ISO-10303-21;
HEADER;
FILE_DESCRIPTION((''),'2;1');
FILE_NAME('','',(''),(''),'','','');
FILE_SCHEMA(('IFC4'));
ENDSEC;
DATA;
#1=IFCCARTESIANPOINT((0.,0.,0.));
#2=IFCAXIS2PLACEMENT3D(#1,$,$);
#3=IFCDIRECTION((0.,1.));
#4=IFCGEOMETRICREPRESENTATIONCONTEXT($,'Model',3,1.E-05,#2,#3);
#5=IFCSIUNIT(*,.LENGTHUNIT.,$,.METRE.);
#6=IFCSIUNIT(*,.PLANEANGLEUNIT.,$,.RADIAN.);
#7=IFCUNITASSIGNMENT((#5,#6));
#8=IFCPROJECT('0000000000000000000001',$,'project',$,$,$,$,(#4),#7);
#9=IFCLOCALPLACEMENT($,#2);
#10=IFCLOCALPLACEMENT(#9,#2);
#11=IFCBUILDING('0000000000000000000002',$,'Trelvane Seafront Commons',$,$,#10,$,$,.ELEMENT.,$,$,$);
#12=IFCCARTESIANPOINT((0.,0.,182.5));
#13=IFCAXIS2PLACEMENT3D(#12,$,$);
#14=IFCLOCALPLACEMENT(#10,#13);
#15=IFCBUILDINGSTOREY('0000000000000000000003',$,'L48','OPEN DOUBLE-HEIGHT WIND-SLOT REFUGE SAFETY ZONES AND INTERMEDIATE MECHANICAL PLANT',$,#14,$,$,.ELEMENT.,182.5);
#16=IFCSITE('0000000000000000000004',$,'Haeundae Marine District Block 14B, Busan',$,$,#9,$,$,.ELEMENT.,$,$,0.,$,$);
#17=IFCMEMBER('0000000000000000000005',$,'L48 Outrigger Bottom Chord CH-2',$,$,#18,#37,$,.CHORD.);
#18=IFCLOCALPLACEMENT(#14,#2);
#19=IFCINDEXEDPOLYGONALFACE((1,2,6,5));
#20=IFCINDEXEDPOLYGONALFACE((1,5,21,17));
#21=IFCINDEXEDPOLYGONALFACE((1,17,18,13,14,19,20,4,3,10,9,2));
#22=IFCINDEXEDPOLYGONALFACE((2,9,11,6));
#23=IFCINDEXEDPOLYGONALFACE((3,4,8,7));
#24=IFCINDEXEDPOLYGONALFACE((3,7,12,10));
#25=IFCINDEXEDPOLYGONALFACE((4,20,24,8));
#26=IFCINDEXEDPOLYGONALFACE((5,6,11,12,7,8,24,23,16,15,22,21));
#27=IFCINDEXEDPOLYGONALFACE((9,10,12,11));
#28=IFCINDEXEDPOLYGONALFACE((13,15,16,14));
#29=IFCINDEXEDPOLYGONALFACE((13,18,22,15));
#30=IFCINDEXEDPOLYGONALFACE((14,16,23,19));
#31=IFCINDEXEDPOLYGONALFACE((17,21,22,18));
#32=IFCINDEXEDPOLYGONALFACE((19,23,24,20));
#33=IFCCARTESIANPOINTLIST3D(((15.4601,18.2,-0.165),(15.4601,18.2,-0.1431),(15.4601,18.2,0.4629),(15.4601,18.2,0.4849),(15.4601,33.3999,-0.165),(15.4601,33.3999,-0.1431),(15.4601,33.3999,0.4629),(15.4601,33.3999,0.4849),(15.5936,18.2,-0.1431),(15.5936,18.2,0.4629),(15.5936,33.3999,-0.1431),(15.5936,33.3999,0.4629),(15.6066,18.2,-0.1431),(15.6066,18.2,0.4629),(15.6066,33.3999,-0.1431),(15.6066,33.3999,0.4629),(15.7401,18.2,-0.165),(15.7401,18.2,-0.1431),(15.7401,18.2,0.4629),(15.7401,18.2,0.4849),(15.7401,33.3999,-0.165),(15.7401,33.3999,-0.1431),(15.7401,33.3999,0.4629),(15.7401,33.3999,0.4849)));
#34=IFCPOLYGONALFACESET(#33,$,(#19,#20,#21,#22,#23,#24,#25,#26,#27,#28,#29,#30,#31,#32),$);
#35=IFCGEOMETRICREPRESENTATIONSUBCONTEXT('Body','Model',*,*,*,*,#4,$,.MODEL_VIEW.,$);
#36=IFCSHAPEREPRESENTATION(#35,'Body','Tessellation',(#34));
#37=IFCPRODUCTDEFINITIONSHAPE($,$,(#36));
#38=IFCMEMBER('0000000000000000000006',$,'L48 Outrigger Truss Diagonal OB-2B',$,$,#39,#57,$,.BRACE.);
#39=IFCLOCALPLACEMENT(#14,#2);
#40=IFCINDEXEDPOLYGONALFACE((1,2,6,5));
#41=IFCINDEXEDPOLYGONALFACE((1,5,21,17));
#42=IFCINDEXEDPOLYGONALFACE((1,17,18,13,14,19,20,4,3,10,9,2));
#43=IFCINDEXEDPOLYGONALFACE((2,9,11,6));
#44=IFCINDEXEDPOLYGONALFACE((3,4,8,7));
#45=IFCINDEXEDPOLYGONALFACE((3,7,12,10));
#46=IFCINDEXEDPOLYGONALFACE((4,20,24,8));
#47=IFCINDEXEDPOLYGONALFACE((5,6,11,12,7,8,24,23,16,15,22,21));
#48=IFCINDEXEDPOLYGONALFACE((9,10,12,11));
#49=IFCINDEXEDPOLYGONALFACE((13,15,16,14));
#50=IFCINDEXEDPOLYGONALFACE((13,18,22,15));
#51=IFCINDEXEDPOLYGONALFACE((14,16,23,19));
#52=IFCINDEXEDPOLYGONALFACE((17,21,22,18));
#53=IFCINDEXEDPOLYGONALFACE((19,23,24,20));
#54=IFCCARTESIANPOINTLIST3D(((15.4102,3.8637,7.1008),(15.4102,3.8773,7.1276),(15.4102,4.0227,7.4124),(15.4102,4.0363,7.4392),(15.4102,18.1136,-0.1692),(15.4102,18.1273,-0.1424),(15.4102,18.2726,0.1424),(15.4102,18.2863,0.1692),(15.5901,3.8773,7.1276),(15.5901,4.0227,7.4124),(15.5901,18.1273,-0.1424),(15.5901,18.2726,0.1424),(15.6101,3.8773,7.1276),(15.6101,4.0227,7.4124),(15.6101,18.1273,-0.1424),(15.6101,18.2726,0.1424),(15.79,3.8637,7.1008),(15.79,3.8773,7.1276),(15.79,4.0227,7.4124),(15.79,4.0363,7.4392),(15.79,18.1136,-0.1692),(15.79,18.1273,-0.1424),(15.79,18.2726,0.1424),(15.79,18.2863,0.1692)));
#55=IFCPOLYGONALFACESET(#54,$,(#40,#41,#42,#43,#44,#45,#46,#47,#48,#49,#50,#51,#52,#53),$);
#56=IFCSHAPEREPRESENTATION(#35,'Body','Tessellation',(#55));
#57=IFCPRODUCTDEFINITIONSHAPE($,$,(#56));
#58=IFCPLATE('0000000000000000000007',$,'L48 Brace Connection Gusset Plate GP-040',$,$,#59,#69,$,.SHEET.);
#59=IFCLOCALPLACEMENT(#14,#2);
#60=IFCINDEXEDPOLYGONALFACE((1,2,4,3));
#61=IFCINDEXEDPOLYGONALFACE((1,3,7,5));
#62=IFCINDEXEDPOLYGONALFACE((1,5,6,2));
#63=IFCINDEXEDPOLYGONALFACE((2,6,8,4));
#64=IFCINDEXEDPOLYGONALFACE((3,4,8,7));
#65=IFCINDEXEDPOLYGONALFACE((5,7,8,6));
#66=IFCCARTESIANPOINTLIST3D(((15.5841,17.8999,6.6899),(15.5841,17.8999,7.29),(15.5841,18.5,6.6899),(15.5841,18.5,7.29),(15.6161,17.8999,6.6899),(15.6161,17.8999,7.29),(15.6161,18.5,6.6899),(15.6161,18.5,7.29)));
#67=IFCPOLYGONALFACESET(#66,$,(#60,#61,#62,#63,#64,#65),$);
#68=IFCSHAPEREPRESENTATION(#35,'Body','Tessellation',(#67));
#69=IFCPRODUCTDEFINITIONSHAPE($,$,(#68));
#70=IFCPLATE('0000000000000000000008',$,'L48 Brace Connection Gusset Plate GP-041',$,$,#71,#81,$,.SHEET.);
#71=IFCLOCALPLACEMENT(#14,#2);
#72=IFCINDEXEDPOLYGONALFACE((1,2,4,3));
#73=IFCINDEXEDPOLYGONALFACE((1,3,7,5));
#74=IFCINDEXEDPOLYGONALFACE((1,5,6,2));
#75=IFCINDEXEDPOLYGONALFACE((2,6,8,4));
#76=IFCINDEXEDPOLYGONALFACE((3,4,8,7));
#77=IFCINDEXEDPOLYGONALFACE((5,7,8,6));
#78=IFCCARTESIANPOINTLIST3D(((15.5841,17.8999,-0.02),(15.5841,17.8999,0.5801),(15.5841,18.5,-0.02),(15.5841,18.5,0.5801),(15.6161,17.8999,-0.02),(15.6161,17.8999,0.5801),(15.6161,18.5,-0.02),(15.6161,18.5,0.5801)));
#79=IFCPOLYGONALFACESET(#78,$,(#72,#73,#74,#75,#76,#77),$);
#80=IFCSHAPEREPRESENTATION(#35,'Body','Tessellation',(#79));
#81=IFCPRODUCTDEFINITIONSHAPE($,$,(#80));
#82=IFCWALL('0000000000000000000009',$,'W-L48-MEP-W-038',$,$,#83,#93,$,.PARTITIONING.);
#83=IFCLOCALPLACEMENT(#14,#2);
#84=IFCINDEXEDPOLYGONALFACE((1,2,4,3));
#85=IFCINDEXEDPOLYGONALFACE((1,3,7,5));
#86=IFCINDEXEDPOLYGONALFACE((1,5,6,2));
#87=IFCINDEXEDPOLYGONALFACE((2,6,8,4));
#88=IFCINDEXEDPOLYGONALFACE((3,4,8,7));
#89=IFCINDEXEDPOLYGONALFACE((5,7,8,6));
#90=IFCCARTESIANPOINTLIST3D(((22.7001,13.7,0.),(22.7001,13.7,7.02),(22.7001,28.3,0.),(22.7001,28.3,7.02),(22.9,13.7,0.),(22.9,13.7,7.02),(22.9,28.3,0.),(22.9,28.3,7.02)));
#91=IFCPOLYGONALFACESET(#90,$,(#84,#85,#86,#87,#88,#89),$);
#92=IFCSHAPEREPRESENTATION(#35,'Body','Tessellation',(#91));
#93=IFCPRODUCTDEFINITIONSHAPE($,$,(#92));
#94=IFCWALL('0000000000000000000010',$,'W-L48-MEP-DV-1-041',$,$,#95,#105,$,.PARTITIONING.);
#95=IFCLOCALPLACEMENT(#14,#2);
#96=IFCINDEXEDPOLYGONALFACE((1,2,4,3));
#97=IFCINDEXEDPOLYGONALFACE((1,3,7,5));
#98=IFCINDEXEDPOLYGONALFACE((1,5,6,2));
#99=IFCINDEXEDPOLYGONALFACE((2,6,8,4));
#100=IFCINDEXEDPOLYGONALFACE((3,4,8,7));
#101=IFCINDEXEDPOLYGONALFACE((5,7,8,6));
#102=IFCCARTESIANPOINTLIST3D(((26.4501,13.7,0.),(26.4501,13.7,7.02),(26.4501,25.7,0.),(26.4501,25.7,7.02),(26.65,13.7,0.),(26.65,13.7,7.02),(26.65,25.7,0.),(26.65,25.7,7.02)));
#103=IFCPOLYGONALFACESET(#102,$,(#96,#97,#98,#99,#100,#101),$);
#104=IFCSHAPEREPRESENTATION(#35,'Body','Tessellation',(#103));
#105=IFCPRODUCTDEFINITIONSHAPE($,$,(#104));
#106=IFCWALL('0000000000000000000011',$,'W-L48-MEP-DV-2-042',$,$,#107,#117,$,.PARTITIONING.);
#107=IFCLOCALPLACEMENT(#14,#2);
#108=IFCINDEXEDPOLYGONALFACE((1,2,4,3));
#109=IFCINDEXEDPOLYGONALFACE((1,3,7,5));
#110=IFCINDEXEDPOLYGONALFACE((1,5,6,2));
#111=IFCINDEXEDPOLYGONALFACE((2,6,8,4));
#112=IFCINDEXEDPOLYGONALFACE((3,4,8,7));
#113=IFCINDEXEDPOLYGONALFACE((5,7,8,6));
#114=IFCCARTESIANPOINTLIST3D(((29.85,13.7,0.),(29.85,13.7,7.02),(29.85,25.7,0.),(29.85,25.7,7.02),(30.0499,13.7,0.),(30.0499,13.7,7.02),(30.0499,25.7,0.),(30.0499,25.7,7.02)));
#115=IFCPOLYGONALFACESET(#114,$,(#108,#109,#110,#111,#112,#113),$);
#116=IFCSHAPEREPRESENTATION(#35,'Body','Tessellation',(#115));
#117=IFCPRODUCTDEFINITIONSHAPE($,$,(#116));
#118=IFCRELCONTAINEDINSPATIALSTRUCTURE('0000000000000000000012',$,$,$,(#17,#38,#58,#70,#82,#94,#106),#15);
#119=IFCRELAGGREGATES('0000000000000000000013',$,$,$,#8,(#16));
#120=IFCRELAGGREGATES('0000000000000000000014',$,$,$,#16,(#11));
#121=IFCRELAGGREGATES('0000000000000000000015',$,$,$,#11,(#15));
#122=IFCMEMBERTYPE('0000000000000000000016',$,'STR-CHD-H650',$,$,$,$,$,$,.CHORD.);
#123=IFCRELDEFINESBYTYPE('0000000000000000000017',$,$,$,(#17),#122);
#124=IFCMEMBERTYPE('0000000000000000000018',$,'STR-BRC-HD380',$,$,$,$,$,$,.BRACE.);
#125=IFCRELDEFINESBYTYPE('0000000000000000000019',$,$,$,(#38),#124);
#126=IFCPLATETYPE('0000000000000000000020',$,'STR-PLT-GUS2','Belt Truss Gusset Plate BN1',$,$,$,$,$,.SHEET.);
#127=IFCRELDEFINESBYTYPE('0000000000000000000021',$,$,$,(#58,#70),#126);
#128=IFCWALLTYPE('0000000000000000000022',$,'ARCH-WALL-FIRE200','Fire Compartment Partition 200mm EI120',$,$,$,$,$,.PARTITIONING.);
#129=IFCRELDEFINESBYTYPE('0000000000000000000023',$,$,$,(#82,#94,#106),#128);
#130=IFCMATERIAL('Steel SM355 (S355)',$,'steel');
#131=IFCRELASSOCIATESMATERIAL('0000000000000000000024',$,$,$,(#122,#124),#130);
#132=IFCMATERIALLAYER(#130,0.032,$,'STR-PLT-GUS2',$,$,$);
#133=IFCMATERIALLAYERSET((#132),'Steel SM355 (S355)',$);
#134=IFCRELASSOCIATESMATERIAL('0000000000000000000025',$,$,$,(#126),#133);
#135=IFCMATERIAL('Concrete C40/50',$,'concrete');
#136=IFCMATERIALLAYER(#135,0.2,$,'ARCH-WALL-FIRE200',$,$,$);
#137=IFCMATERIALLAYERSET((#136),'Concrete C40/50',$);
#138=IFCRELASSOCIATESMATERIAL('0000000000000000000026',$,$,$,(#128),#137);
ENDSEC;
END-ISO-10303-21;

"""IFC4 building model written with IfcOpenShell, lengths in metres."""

from ifc_helpers import new_model, si_unit, direction, frame, frame_2d, origin, origin_2d, place, context, subcontext, project, spatial, rectangle, i_section, extrude, source, transform, mapped, material, layer, layer_set, material_profile, profile_set, type_object, element, save


model = new_model("IFC4")

# Units and contexts
model_context = context("Model", 3, precision=1e-05, world=origin(), true_north=direction((0.0, 1.0)))
body_context = subcontext(model_context, "Body", "Model", "MODEL_VIEW")
ifc_project = project(units=[si_unit("LENGTHUNIT", "METRE"), si_unit("PLANEANGLEUNIT", "RADIAN")], contexts=[model_context])

# Site, building, storey
site_placement = place(None, origin())
site = spatial("IfcSite", under=ifc_project, at=site_placement, Name="Haeundae Marine District Block 14B, Busan", CompositionType="ELEMENT", RefElevation=0.0)
building_placement = place(site_placement, origin())
building = spatial("IfcBuilding", under=site, at=building_placement, Name="Trelvane Seafront Commons", CompositionType="ELEMENT")
storey_placement = place(building_placement, frame((0.0, 0.0, 182.5)))
storey = spatial("IfcBuildingStorey", under=building, at=storey_placement, Name="L48", Description="OPEN DOUBLE-HEIGHT WIND-SLOT REFUGE SAFETY ZONES AND INTERMEDIATE MECHANICAL PLANT", CompositionType="ELEMENT", Elevation=182.5)

# Shared definitions
ifc_material_1 = material(Name="Steel SM355 (S355)", Category="steel")

# Members
ifc_material_profile_1 = material_profile(ifc_material_1, i_section(OverallWidth=0.28, OverallDepth=0.6499, WebThickness=0.0129, FlangeThickness=0.022, at=origin_2d()), Name="H-650x280x13x22")
ifc_profile_set_1 = profile_set([ifc_material_profile_1], Name="Steel SM355 (S355)")
member_type_1 = type_object("IfcMemberType", Name="STR-CHD-H650", PredefinedType="CHORD", material=ifc_profile_set_1)
shared_shape_1 = source(origin(), body_context, "Body", "SweptSolid", [
    extrude(i_section(OverallWidth=0.28, OverallDepth=0.6499, WebThickness=0.0129, FlangeThickness=0.022, at=origin_2d()), origin(), (0.0, 0.0, 1.0), 15.2),
])
member_1_placement = place(storey_placement, frame((15.6001, 18.2, 0.1599), z_axis=(0.0, 1.0, 0.0), x_axis=(-1.0, 0.0, 0.0)))
element("IfcMember", 1, at=member_1_placement, inside=storey, type_object=member_type_1, Name="L48 Outrigger Bottom Chord CH-2", PredefinedType="CHORD", context=body_context, shape_type="MappedRepresentation", body=[
    mapped(shared_shape_1, transform((0.0, 0.0, 0.0), x_axis=(1.0, 0.0, 0.0), y_axis=(0.0, 1.0, 0.0), z_axis=(0.0, 0.0, 1.0), scale=1.0)),
])
ifc_material_profile_2 = material_profile(ifc_material_1, i_section(OverallWidth=0.3799, OverallDepth=0.3799, WebThickness=0.02, FlangeThickness=0.03, at=origin_2d()), Name="HD-380x380x20x30")
ifc_profile_set_2 = profile_set([ifc_material_profile_2], Name="Steel SM355 (S355)")
member_type_2 = type_object("IfcMemberType", Name="STR-BRC-HD380", PredefinedType="BRACE", material=ifc_profile_set_2)
shared_shape_2 = source(origin(), body_context, "Body", "SweptSolid", [
    extrude(i_section(OverallWidth=0.3799, OverallDepth=0.3799, WebThickness=0.02, FlangeThickness=0.03, at=origin_2d()), origin(), (0.0, 0.0, 1.0), 15.9973),
])
member_2_placement = place(storey_placement, frame((15.6001, 18.2, 0.0), z_axis=(0.0, -0.890772, 0.454451), x_axis=(1.0, 0.0, 0.0)))
element("IfcMember", 2, at=member_2_placement, inside=storey, type_object=member_type_2, Name="L48 Outrigger Truss Diagonal OB-2B", PredefinedType="BRACE", context=body_context, shape_type="MappedRepresentation", body=[
    mapped(shared_shape_2, transform((0.0, 0.0, 0.0), x_axis=(1.0, 0.0, 0.0), y_axis=(0.0, 1.0, 0.0), z_axis=(0.0, 0.0, 1.0), scale=1.0)),
])

# Plates
ifc_layer_1 = layer(ifc_material_1, 0.032, Name="STR-PLT-GUS2")
ifc_layer_set_1 = layer_set([ifc_layer_1], Name="Steel SM355 (S355)")
plate_type = type_object("IfcPlateType", Name="STR-PLT-GUS2", Description="Belt Truss Gusset Plate BN1", PredefinedType="SHEET", material=ifc_layer_set_1)
shared_shape_3 = source(origin(), body_context, "Body", "SweptSolid", [
    extrude(rectangle(XDim=0.032, YDim=0.6001, at=origin_2d()), origin(), (0.0, 0.0, 1.0), 0.6001),
])
for number, where, z_axis, x_axis, name in (
    (3, (15.6001, 18.2, 6.6899), (0.0, 0.0, 1.0), (1.0, 0.0, 0.0), "L48 Brace Connection Gusset Plate GP-040"),
    (4, (15.6001, 18.2, -0.02), (0.0, 0.0, 1.0), (1.0, 0.0, 0.0), "L48 Brace Connection Gusset Plate GP-041"),
):
    element("IfcPlate", number, at=place(storey_placement, frame(where, z_axis=z_axis, x_axis=x_axis)), inside=storey, type_object=plate_type, Name=name, PredefinedType="SHEET", context=body_context, shape_type="MappedRepresentation", body=[
        mapped(shared_shape_3, transform((0.0, 0.0, 0.0), x_axis=(1.0, 0.0, 0.0), y_axis=(0.0, 1.0, 0.0), z_axis=(0.0, 0.0, 1.0), scale=1.0)),
    ])

# Wall
ifc_material_2 = material(Name="Concrete C40/50", Category="concrete")
ifc_layer_2 = layer(ifc_material_2, 0.2, Name="ARCH-WALL-FIRE200")
ifc_layer_set_2 = layer_set([ifc_layer_2], Name="Concrete C40/50")
wall_type = type_object("IfcWallType", Name="ARCH-WALL-FIRE200", Description="Fire Compartment Partition 200mm EI120", PredefinedType="PARTITIONING", material=ifc_layer_set_2)
wall_1_placement = place(storey_placement, frame((22.8, 13.7, 0.0), z_axis=(0.0, 0.0, 1.0), x_axis=(0.0, 1.0, 0.0)))
element("IfcWall", 5, at=wall_1_placement, inside=storey, type_object=wall_type, Name="W-L48-MEP-W-038", PredefinedType="PARTITIONING", context=body_context, shape_type="SweptSolid", body=[
    extrude(rectangle(XDim=14.6001, YDim=0.2, at=frame_2d((7.3, 0.0))), origin(), (0.0, 0.0, 1.0), 7.02),
])

# Walls
for number, where, z_axis, x_axis, name in (
    (6, (26.55, 13.7, 0.0), (0.0, 0.0, 1.0), (0.0, 1.0, 0.0), "W-L48-MEP-DV-1-041"),
    (7, (29.95, 13.7, 0.0), (0.0, 0.0, 1.0), (0.0, 1.0, 0.0), "W-L48-MEP-DV-2-042"),
):
    element("IfcWall", number, at=place(storey_placement, frame(where, z_axis=z_axis, x_axis=x_axis)), inside=storey, type_object=wall_type, Name=name, PredefinedType="PARTITIONING", context=body_context, shape_type="SweptSolid", body=[
        extrude(rectangle(XDim=12.0, YDim=0.2, at=frame_2d((6.0, 0.0))), origin(), (0.0, 0.0, 1.0), 7.02),
    ])

save(model, "model.ifc")
